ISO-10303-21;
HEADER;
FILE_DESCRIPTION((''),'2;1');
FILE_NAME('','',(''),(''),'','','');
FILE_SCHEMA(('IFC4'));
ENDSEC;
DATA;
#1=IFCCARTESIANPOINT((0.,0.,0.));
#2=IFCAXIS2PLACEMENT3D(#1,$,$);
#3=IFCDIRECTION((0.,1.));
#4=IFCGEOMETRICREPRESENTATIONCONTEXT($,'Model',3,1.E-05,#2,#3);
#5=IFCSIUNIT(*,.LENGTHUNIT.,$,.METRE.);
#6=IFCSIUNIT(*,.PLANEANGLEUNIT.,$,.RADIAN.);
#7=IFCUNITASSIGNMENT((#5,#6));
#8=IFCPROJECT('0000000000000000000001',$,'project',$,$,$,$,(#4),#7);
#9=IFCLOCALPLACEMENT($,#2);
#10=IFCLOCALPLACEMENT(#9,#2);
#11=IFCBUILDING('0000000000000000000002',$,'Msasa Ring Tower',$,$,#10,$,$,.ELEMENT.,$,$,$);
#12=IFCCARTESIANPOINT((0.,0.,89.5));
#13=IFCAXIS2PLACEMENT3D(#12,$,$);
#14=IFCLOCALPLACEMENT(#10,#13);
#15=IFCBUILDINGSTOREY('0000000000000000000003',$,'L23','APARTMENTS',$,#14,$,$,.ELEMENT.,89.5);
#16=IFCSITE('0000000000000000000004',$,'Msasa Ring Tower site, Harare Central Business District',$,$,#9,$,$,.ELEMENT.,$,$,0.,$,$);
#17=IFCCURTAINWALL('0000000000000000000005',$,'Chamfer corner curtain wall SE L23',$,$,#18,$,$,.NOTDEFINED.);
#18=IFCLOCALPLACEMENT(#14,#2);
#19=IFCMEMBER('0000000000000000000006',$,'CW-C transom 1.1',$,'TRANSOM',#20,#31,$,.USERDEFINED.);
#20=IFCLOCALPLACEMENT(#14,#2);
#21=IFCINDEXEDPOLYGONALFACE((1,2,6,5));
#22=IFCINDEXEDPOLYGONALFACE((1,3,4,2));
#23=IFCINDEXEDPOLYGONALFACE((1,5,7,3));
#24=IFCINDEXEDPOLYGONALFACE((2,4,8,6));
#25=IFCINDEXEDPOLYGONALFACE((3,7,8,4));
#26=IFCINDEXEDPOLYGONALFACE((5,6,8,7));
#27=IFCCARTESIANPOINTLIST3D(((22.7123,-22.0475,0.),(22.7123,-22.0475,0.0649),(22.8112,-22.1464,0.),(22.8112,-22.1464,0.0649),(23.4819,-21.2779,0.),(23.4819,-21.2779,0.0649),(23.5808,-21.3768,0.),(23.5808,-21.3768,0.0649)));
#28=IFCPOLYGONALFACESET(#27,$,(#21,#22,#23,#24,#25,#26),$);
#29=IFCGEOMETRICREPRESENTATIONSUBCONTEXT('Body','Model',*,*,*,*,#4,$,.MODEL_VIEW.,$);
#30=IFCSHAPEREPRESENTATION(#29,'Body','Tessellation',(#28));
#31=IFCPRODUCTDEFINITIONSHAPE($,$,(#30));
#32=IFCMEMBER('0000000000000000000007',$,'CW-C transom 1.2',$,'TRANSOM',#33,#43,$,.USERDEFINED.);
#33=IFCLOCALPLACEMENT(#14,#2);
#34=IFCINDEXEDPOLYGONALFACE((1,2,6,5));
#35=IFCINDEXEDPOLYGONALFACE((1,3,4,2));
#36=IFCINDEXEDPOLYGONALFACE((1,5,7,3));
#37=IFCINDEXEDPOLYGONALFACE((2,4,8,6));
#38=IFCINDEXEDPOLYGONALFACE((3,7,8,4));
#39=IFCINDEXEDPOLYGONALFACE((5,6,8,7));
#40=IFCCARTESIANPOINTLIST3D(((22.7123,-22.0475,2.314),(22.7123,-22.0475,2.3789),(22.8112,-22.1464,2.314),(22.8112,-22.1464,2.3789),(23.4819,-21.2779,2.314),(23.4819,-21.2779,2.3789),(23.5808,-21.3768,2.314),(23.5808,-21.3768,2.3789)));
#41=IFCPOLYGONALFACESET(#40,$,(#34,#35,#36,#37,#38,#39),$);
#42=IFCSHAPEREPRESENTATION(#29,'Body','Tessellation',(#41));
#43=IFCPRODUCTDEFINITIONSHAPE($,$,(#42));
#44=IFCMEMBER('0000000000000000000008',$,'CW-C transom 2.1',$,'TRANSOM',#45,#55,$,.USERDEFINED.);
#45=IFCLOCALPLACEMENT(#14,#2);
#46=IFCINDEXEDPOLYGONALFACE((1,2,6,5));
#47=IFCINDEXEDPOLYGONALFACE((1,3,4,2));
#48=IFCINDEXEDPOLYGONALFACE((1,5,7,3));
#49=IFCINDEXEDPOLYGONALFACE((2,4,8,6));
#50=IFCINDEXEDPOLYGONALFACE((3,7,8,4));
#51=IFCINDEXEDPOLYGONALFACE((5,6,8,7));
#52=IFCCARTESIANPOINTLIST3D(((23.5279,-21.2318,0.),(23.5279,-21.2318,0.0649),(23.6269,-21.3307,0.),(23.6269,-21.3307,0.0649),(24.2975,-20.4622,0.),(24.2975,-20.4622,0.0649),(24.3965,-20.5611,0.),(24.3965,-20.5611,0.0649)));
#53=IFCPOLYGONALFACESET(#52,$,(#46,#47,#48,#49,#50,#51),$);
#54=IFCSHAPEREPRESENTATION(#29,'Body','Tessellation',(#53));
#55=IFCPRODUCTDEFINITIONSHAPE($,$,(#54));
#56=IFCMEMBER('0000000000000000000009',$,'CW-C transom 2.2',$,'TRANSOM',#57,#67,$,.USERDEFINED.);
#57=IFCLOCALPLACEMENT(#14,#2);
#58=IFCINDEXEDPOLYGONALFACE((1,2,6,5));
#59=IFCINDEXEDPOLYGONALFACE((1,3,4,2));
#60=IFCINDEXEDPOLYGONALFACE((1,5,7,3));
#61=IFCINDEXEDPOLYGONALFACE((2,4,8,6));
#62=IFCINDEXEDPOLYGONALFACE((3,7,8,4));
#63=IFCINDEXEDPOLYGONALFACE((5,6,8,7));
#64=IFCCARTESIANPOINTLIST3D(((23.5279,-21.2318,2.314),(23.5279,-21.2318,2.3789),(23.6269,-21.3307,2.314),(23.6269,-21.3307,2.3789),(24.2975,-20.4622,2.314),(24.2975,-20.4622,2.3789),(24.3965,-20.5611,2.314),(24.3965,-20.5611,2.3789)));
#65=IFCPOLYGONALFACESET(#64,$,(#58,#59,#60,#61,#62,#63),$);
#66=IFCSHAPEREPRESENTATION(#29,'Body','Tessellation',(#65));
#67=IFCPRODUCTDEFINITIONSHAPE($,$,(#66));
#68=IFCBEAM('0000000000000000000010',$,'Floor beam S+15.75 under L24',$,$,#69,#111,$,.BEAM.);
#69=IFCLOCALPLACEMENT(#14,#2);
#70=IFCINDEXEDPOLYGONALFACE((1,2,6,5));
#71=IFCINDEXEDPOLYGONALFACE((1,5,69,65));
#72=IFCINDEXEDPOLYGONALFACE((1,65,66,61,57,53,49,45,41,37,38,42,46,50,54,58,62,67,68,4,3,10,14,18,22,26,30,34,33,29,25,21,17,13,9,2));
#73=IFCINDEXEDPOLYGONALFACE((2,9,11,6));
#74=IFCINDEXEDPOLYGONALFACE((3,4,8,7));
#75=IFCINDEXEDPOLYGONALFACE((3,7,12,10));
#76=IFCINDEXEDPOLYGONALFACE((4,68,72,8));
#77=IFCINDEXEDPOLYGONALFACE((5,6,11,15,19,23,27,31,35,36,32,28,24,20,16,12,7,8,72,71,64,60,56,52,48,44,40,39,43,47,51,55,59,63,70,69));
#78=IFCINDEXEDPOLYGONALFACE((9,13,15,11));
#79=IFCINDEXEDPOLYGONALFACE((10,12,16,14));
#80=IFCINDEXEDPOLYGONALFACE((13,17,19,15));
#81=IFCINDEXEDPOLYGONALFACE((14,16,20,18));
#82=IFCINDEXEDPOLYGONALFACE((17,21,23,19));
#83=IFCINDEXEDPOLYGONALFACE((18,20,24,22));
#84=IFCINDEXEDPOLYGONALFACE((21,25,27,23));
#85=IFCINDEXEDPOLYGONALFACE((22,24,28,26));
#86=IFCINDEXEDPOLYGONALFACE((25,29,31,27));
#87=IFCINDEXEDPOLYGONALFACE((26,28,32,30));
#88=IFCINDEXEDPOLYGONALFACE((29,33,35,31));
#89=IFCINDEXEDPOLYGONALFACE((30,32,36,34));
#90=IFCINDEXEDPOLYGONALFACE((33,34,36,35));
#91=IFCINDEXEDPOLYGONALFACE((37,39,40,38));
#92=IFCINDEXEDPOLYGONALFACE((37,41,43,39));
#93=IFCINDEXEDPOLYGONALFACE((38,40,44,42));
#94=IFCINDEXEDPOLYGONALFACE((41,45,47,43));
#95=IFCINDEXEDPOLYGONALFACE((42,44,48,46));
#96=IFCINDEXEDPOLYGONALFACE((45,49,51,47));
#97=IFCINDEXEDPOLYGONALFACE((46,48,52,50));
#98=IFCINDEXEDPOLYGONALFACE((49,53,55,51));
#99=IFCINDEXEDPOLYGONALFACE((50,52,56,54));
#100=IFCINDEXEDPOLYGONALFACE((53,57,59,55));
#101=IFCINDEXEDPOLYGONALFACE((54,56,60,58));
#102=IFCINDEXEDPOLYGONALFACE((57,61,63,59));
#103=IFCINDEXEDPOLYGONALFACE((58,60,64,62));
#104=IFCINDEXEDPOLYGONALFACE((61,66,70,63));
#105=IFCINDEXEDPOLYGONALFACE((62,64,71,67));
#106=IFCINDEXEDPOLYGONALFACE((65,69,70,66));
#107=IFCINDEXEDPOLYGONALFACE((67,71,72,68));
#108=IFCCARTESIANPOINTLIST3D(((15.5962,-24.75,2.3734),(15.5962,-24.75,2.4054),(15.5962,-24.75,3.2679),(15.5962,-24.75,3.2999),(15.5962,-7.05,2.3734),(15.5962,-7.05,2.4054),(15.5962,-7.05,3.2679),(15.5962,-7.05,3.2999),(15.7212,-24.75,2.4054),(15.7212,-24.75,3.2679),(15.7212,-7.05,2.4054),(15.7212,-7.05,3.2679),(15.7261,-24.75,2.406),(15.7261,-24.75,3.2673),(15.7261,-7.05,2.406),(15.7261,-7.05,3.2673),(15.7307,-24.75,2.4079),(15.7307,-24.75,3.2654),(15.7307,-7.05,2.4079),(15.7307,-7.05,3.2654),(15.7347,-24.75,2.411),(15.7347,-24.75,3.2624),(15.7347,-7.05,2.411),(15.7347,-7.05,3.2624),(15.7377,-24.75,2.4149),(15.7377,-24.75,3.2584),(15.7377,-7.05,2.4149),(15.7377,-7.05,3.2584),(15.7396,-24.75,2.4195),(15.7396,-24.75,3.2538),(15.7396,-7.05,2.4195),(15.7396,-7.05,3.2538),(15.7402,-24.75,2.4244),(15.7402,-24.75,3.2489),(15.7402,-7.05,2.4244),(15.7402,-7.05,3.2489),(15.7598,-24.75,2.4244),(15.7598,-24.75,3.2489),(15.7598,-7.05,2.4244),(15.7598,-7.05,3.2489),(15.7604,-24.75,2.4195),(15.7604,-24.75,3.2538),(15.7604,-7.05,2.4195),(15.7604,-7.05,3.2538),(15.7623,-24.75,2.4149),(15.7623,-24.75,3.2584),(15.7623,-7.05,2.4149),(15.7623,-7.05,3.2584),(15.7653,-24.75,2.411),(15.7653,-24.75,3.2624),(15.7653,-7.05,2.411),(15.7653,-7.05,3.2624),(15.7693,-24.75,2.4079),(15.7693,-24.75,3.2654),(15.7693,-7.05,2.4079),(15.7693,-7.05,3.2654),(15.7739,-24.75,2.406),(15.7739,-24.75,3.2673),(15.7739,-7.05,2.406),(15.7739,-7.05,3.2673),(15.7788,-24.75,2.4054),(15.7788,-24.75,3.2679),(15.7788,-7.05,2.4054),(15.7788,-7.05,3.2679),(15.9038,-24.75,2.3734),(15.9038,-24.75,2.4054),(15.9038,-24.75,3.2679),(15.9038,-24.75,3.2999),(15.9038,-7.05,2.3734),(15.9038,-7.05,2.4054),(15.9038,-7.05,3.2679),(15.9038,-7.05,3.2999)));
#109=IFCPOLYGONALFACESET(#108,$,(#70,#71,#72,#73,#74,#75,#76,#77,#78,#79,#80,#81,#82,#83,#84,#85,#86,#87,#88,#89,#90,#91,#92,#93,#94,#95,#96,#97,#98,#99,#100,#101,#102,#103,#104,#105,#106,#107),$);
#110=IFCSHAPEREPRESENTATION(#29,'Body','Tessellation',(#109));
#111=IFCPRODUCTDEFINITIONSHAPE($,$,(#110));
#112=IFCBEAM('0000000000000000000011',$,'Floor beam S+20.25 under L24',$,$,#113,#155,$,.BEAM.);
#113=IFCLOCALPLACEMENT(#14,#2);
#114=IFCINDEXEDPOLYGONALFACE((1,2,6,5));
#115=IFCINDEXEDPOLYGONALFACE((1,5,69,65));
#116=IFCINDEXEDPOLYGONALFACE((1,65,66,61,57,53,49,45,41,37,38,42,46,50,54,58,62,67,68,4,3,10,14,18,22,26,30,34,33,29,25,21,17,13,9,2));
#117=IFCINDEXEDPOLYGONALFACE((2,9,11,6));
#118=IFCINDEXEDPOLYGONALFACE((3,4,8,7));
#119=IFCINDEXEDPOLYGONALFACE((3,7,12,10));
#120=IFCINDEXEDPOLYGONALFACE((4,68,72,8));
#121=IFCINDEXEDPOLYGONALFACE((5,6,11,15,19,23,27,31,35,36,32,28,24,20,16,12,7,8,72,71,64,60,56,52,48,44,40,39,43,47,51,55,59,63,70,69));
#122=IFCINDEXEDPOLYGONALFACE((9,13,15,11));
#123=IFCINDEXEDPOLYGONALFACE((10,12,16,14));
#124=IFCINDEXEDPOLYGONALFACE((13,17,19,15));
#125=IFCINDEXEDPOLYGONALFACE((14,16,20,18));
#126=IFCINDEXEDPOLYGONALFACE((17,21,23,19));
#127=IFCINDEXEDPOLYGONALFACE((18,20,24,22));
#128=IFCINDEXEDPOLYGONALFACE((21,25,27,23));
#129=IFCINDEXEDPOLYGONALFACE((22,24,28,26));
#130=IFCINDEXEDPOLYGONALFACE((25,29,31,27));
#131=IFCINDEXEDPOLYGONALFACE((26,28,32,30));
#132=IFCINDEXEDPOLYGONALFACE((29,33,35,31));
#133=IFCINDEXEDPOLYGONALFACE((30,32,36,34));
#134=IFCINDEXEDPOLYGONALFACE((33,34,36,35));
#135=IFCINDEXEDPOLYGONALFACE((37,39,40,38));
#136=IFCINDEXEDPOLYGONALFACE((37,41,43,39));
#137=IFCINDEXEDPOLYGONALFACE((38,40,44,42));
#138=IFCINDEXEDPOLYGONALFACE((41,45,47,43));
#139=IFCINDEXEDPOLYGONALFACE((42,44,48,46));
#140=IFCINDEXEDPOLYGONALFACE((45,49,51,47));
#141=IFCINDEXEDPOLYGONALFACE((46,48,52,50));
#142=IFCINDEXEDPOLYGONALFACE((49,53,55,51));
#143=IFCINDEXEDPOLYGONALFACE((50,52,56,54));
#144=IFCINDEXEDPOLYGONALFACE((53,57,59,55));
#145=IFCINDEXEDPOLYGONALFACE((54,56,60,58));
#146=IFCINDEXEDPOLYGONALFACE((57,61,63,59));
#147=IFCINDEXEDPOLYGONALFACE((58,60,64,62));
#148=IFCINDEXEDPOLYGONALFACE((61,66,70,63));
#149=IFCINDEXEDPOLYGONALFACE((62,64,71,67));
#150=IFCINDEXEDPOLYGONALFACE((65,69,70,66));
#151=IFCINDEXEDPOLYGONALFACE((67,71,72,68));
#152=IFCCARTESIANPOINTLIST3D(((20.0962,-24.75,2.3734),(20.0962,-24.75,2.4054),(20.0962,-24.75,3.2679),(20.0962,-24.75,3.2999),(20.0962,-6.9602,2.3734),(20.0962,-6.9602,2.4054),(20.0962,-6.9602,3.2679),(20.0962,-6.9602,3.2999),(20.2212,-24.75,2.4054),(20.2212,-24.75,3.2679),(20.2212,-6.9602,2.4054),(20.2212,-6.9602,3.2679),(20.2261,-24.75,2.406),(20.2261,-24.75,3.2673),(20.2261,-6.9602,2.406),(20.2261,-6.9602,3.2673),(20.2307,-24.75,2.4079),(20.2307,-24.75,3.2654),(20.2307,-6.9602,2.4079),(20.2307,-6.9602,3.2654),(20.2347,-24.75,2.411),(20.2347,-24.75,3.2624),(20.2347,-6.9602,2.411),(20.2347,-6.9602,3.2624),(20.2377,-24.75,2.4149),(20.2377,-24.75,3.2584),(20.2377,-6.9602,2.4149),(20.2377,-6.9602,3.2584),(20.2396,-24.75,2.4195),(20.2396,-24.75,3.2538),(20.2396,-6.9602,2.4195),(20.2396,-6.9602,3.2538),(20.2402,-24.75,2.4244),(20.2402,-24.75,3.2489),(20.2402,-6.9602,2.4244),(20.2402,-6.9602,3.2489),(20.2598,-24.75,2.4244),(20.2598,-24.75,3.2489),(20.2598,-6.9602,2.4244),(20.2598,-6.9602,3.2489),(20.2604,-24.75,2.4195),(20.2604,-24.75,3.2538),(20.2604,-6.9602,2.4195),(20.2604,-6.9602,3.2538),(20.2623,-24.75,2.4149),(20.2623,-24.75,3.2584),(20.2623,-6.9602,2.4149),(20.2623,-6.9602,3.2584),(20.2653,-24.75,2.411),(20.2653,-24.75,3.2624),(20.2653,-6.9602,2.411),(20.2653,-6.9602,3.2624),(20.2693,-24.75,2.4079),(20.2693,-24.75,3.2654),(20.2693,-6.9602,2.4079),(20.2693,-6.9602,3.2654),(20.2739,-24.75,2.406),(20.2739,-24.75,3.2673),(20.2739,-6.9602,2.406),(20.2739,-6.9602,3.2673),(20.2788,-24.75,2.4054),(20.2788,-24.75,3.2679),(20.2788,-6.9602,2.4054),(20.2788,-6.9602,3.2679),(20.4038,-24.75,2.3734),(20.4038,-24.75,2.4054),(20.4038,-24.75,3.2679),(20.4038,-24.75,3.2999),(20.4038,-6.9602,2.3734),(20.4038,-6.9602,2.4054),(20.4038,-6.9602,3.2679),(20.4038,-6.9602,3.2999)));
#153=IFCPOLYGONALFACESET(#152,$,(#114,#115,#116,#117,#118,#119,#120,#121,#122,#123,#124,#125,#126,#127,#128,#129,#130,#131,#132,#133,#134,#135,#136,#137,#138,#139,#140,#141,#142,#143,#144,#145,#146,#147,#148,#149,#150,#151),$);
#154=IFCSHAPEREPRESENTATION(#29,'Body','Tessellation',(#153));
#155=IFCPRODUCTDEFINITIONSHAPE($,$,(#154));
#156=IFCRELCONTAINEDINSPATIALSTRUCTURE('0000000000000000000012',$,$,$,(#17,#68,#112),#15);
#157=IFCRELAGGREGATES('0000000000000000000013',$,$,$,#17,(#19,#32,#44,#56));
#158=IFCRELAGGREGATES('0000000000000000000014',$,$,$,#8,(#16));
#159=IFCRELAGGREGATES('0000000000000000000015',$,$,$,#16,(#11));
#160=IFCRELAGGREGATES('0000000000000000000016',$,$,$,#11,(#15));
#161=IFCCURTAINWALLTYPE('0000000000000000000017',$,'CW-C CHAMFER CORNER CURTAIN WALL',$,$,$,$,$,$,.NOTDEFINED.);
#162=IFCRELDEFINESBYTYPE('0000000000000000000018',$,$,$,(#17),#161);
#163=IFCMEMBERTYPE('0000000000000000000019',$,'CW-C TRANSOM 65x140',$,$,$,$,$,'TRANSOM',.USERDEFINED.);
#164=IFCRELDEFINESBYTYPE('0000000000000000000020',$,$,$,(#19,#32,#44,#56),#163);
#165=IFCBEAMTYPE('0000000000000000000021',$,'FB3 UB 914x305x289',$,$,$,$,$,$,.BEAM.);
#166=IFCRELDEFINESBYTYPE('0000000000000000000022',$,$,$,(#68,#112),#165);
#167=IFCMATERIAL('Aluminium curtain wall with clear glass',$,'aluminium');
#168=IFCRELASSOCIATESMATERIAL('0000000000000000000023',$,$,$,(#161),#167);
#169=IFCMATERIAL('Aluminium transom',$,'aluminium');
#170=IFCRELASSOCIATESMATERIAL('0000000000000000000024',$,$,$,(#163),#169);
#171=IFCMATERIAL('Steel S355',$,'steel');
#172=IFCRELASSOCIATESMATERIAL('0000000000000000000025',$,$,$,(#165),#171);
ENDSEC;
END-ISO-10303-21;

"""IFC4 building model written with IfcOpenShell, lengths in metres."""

from ifc_helpers import new_model, si_unit, direction, frame, origin, origin_2d, place, context, subcontext, project, spatial, rectangle, i_section, extrude, material, material_profile, profile_set, type_object, element, aggregate, save


model = new_model("IFC4")

# Units and contexts
model_context = context("Model", 3, precision=1e-05, world=origin(), true_north=direction((0.0, 1.0)))
body_context = subcontext(model_context, "Body", "Model", "MODEL_VIEW")
ifc_project = project(units=[si_unit("LENGTHUNIT", "METRE"), si_unit("PLANEANGLEUNIT", "RADIAN")], contexts=[model_context])

# Site, building, storey
site_placement = place(None, origin())
site = spatial("IfcSite", under=ifc_project, at=site_placement, Name="Msasa Ring Tower site, Harare Central Business District", CompositionType="ELEMENT", RefElevation=0.0)
building_placement = place(site_placement, origin())
building = spatial("IfcBuilding", under=site, at=building_placement, Name="Msasa Ring Tower", CompositionType="ELEMENT")
storey_placement = place(building_placement, frame((0.0, 0.0, 89.5)))
storey = spatial("IfcBuildingStorey", under=building, at=storey_placement, Name="L23", Description="APARTMENTS", CompositionType="ELEMENT", Elevation=89.5)

# Curtain wall
ifc_material_1 = material(Name="Aluminium curtain wall with clear glass", Category="aluminium")
curtain_wall_type = type_object("IfcCurtainWallType", Name="CW-C CHAMFER CORNER CURTAIN WALL", PredefinedType="NOTDEFINED", material=ifc_material_1)
curtain_wall_1_placement = place(storey_placement, origin())
curtain_wall_1 = element("IfcCurtainWall", 1, at=curtain_wall_1_placement, inside=storey, type_object=curtain_wall_type, Name="Chamfer corner curtain wall SE L23", PredefinedType="NOTDEFINED")

# Members
ifc_material_2 = material(Name="Aluminium transom", Category="aluminium")
ifc_material_profile_1 = material_profile(ifc_material_2, rectangle(XDim=0.1399, YDim=0.0649, at=origin_2d()), Name="AL 65x140")
ifc_profile_set_1 = profile_set([ifc_material_profile_1], Name="Aluminium transom")
member_type_1 = type_object("IfcMemberType", Name="CW-C TRANSOM 65x140", ElementType="TRANSOM", PredefinedType="USERDEFINED", material=ifc_profile_set_1)
member_1_placement = place(storey_placement, frame((22.7617, -22.0969, 0.0325), z_axis=(0.707107, 0.707107, 0.0), x_axis=(-0.707107, 0.707107, 0.0)))
member_1 = element("IfcMember", 2, at=member_1_placement, type_object=member_type_1, Name="CW-C transom 1.1", ObjectType="TRANSOM", PredefinedType="USERDEFINED", context=body_context, shape_type="SweptSolid", body=[
    extrude(rectangle(XDim=0.1399, YDim=0.0649, at=origin_2d()), origin(), (0.0, 0.0, 1.0), 1.0884),
])
member_2_placement = place(storey_placement, frame((22.7617, -22.0969, 2.3464), z_axis=(0.707107, 0.707107, 0.0), x_axis=(-0.707107, 0.707107, 0.0)))
member_2 = element("IfcMember", 3, at=member_2_placement, type_object=member_type_1, Name="CW-C transom 1.2", ObjectType="TRANSOM", PredefinedType="USERDEFINED", context=body_context, shape_type="SweptSolid", body=[
    extrude(rectangle(XDim=0.1399, YDim=0.0649, at=origin_2d()), origin(), (0.0, 0.0, 1.0), 1.0884),
])
member_3_placement = place(storey_placement, frame((23.5774, -21.2812, 0.0325), z_axis=(0.707107, 0.707107, 0.0), x_axis=(-0.707107, 0.707107, 0.0)))
member_3 = element("IfcMember", 4, at=member_3_placement, type_object=member_type_1, Name="CW-C transom 2.1", ObjectType="TRANSOM", PredefinedType="USERDEFINED", context=body_context, shape_type="SweptSolid", body=[
    extrude(rectangle(XDim=0.1399, YDim=0.0649, at=origin_2d()), origin(), (0.0, 0.0, 1.0), 1.0884),
])
member_4_placement = place(storey_placement, frame((23.5774, -21.2812, 2.3464), z_axis=(0.707107, 0.707107, 0.0), x_axis=(-0.707107, 0.707107, 0.0)))
member_4 = element("IfcMember", 5, at=member_4_placement, type_object=member_type_1, Name="CW-C transom 2.2", ObjectType="TRANSOM", PredefinedType="USERDEFINED", context=body_context, shape_type="SweptSolid", body=[
    extrude(rectangle(XDim=0.1399, YDim=0.0649, at=origin_2d()), origin(), (0.0, 0.0, 1.0), 1.0884),
])

# Beams
ifc_material_3 = material(Name="Steel S355", Category="steel")
ifc_material_profile_2 = material_profile(ifc_material_3, i_section(OverallWidth=0.3076, OverallDepth=0.9265, WebThickness=0.0195, FlangeThickness=0.032, FilletRadius=0.019, at=origin_2d()), Name="UB 914x305x289")
ifc_profile_set_2 = profile_set([ifc_material_profile_2], Name="Steel S355")
beam_type_1 = type_object("IfcBeamType", Name="FB3 UB 914x305x289", PredefinedType="BEAM", material=ifc_profile_set_2)
beam_1_placement = place(storey_placement, frame((15.75, -24.75, 2.8367), z_axis=(0.0, 1.0, 0.0), x_axis=(-1.0, 0.0, 0.0)))
element("IfcBeam", 6, at=beam_1_placement, inside=storey, type_object=beam_type_1, Name="Floor beam S+15.75 under L24", PredefinedType="BEAM", context=body_context, shape_type="SweptSolid", body=[
    extrude(i_section(OverallWidth=0.3076, OverallDepth=0.9265, WebThickness=0.0195, FlangeThickness=0.032, FilletRadius=0.019, at=origin_2d()), origin(), (0.0, 0.0, 1.0), 17.7),
])
beam_2_placement = place(storey_placement, frame((20.25, -24.75, 2.8367), z_axis=(0.0, 1.0, 0.0), x_axis=(-1.0, 0.0, 0.0)))
element("IfcBeam", 7, at=beam_2_placement, inside=storey, type_object=beam_type_1, Name="Floor beam S+20.25 under L24", PredefinedType="BEAM", context=body_context, shape_type="SweptSolid", body=[
    extrude(i_section(OverallWidth=0.3076, OverallDepth=0.9265, WebThickness=0.0195, FlangeThickness=0.032, FilletRadius=0.019, at=origin_2d()), origin(), (0.0, 0.0, 1.0), 17.7898),
])

aggregate(curtain_wall_1, [member_1, member_2, member_3, member_4])

save(model, "model.ifc")
